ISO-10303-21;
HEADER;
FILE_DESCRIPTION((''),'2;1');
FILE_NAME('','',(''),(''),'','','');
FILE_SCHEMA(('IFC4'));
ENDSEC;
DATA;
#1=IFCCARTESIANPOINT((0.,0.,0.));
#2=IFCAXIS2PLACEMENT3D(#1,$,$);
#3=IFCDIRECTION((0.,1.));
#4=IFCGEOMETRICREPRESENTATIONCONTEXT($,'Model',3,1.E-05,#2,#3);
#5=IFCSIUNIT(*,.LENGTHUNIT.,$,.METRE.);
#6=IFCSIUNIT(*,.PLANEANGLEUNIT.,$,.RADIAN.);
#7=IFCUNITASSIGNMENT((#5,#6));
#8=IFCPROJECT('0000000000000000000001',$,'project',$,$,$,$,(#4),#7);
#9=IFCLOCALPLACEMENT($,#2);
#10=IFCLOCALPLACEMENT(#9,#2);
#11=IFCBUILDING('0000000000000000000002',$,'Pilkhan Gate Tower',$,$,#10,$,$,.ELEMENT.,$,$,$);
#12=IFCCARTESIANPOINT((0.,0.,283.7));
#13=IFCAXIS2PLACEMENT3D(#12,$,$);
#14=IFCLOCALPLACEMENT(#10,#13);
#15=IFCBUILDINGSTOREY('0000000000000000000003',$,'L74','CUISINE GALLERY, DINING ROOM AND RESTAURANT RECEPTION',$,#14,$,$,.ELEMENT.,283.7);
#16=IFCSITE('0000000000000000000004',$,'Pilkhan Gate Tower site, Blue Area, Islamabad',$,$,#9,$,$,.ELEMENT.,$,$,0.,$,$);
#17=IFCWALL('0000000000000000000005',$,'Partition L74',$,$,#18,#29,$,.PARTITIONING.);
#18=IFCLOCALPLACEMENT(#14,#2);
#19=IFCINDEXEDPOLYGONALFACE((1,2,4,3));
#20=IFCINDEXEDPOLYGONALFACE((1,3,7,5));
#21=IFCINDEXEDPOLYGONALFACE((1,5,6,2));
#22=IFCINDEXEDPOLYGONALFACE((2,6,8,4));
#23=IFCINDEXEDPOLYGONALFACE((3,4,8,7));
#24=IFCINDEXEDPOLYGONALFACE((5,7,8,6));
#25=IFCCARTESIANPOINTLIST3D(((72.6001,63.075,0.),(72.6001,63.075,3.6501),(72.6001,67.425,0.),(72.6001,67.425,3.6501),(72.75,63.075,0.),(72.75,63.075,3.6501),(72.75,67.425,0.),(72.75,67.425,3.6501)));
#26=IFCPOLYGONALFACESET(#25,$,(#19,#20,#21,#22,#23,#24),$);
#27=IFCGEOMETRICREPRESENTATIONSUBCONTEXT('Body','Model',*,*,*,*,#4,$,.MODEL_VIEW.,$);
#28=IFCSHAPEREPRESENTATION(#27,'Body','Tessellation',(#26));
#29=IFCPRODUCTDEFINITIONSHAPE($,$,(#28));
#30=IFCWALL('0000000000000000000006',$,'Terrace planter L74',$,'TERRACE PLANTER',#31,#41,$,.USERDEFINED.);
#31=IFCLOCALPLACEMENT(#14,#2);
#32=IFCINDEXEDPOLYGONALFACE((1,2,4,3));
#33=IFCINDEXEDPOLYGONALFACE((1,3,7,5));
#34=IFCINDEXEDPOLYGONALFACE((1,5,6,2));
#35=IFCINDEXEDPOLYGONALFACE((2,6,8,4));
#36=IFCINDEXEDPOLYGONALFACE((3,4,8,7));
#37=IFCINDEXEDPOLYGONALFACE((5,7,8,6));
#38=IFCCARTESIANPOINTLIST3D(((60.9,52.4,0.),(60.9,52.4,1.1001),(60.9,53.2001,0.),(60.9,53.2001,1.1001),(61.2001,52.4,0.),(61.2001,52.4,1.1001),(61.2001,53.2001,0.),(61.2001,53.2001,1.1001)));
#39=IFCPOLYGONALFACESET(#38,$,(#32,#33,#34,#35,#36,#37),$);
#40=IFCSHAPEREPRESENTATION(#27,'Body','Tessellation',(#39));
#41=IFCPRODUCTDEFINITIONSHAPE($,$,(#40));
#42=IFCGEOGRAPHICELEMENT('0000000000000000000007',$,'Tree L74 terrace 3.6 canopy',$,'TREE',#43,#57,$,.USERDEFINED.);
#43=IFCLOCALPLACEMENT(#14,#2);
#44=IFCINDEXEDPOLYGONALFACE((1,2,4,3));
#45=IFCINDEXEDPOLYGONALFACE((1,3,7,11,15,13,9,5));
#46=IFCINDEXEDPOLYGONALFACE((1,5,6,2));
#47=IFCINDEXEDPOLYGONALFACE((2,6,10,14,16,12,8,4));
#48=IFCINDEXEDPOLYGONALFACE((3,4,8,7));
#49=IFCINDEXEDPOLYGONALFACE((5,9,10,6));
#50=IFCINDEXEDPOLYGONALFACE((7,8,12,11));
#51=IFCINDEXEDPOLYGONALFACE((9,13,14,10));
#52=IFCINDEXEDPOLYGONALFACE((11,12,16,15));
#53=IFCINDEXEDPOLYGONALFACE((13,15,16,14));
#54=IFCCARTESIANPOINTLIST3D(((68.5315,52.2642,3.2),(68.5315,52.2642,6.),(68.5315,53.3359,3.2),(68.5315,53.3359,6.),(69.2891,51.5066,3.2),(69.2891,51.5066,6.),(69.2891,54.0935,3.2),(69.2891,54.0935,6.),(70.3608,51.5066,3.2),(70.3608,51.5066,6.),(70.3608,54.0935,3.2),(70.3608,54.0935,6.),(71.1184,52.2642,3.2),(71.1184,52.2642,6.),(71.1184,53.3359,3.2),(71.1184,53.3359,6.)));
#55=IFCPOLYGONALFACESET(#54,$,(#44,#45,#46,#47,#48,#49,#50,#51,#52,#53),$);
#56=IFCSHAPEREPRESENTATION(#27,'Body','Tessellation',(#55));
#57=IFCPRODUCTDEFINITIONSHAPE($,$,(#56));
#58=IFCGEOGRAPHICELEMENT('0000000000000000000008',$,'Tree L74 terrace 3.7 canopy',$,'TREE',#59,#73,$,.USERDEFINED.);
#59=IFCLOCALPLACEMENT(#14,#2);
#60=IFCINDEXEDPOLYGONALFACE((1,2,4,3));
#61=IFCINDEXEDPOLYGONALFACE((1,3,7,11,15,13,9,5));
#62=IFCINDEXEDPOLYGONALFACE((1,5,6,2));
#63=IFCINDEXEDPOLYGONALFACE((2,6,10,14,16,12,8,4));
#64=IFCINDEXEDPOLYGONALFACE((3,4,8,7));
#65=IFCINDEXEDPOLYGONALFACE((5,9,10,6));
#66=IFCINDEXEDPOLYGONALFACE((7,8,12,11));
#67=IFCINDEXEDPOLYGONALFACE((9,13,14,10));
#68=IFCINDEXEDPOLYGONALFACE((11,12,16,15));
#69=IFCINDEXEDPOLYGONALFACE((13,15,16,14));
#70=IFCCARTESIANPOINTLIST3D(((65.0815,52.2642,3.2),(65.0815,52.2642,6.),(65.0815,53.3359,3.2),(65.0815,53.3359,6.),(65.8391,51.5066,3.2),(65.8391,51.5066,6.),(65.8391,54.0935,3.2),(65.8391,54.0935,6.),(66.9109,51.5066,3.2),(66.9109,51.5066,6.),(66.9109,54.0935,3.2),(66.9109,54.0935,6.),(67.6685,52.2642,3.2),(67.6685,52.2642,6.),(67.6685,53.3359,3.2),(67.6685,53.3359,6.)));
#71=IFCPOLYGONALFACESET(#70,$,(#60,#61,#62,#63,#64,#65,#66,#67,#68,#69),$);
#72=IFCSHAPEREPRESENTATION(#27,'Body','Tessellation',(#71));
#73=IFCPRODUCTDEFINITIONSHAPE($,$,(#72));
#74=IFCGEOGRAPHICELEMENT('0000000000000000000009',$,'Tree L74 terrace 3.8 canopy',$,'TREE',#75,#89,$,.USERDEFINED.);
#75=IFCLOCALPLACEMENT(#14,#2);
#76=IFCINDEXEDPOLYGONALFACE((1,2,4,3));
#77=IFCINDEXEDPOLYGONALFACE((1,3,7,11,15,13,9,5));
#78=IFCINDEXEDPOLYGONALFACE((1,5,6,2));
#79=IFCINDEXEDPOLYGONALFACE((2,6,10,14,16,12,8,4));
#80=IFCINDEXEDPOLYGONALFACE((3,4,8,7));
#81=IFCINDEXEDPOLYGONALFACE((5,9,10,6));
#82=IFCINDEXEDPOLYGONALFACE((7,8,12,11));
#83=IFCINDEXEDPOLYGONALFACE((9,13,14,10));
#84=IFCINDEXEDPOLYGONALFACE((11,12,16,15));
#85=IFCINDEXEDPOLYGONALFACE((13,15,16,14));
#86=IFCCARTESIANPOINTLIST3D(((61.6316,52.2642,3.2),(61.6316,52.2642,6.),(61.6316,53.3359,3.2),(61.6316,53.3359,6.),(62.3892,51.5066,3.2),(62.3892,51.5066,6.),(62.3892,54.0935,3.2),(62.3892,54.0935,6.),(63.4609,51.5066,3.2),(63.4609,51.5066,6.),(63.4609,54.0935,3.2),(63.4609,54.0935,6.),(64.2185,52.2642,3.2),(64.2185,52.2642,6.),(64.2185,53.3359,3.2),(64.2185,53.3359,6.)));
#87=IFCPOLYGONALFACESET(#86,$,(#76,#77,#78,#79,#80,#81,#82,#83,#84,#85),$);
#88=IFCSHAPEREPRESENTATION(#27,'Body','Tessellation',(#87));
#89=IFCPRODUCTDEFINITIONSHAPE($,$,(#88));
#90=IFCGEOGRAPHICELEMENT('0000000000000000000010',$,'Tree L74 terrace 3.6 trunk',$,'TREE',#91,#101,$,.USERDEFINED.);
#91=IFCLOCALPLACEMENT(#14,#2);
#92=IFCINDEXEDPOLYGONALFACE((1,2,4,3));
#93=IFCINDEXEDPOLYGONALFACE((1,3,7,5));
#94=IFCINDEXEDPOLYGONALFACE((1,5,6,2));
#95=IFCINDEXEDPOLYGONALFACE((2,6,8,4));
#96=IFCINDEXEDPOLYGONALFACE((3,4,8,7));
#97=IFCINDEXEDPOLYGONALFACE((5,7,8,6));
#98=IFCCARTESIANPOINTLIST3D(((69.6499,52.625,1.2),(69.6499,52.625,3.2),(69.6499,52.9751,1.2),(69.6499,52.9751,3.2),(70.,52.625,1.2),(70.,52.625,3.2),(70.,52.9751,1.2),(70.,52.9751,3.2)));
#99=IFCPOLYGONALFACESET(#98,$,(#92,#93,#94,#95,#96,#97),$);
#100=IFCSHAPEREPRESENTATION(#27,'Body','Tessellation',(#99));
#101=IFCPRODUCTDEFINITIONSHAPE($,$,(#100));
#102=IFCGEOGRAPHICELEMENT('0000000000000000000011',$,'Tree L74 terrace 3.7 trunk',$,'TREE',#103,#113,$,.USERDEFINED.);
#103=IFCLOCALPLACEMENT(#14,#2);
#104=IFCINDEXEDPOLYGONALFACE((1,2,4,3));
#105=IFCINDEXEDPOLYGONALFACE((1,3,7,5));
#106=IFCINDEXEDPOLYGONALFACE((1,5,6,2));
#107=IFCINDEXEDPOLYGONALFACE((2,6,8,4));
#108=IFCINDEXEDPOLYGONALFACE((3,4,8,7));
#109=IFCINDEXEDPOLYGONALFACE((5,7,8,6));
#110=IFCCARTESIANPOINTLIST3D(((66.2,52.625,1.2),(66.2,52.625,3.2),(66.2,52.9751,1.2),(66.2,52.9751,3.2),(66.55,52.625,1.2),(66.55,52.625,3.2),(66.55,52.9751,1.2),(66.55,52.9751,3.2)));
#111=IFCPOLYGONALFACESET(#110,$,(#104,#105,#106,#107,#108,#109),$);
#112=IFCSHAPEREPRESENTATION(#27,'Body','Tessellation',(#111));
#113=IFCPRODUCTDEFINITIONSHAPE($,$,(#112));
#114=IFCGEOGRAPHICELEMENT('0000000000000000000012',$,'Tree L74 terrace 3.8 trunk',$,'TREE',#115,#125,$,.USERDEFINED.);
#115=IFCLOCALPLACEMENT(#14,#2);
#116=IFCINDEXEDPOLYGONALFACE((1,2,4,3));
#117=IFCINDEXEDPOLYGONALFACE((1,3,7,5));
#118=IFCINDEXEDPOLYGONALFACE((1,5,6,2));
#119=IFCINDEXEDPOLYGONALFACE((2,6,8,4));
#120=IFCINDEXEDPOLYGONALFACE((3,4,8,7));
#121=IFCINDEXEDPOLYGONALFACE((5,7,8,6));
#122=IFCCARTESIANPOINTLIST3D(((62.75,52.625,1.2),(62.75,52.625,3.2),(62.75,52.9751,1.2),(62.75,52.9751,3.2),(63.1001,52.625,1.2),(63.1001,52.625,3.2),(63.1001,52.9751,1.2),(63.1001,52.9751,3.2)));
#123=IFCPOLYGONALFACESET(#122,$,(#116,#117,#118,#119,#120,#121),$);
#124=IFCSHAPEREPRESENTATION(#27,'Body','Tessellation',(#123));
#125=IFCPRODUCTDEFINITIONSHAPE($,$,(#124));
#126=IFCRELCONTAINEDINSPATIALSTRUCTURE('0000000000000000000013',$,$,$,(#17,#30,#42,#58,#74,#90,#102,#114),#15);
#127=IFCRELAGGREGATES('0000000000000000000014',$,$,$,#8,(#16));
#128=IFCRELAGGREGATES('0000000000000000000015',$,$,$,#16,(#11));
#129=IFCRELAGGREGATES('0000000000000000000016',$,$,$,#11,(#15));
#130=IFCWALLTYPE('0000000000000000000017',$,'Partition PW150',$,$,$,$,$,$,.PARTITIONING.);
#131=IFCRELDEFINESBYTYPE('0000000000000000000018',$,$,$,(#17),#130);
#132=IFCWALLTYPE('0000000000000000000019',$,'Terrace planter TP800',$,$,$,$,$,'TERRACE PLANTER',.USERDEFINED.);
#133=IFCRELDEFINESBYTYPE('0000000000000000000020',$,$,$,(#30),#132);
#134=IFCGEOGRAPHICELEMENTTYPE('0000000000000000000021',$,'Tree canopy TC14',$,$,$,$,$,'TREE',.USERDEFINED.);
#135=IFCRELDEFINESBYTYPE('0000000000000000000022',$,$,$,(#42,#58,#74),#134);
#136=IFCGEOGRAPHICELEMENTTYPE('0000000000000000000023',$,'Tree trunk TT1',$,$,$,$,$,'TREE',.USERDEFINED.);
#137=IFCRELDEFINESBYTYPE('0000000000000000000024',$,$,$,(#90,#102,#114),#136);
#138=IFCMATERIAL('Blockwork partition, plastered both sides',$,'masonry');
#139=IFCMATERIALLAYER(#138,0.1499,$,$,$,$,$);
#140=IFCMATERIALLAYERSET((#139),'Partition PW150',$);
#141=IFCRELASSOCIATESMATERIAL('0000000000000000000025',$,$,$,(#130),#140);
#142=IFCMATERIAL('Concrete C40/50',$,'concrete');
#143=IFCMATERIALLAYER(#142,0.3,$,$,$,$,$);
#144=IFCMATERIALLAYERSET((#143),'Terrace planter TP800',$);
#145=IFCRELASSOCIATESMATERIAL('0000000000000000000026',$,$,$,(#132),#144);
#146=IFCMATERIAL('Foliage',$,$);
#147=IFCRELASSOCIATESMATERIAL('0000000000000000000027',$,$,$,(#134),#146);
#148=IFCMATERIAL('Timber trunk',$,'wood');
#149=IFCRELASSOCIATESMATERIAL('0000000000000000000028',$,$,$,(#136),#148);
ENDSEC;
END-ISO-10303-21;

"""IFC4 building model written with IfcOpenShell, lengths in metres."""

from ifc_helpers import new_model, si_unit, direction, frame, frame_2d, origin, origin_2d, place, context, subcontext, project, spatial, polyline, rectangle, outline, extrude, material, layer, layer_set, material_profile, profile_set, type_object, element, save


model = new_model("IFC4")

# Units and contexts
model_context = context("Model", 3, precision=1e-05, world=origin(), true_north=direction((0.0, 1.0)))
body_context = subcontext(model_context, "Body", "Model", "MODEL_VIEW")
ifc_project = project(units=[si_unit("LENGTHUNIT", "METRE"), si_unit("PLANEANGLEUNIT", "RADIAN")], contexts=[model_context])

# Site, building, storey
site_placement = place(None, origin())
site = spatial("IfcSite", under=ifc_project, at=site_placement, Name="Pilkhan Gate Tower site, Blue Area, Islamabad", CompositionType="ELEMENT", RefElevation=0.0)
building_placement = place(site_placement, origin())
building = spatial("IfcBuilding", under=site, at=building_placement, Name="Pilkhan Gate Tower", CompositionType="ELEMENT")
storey_placement = place(building_placement, frame((0.0, 0.0, 283.7)))
storey = spatial("IfcBuildingStorey", under=building, at=storey_placement, Name="L74", Description="CUISINE GALLERY, DINING ROOM AND RESTAURANT RECEPTION", CompositionType="ELEMENT", Elevation=283.7)

# Shared definitions
ifc_material_1 = material(Name="Concrete C40/50", Category="concrete")

# Walls
ifc_material_2 = material(Name="Blockwork partition, plastered both sides", Category="masonry")
ifc_layer_1 = layer(ifc_material_2, 0.1499)
ifc_layer_set_1 = layer_set([ifc_layer_1], Name="Partition PW150")
wall_type_1 = type_object("IfcWallType", Name="Partition PW150", PredefinedType="PARTITIONING", material=ifc_layer_set_1)
for number, where, z_axis, x_axis, name in (
    (1, (72.675, 63.075, 0.0), (0.0, 0.0, 1.0), (0.0, 1.0, 0.0), "Partition L74"),
):
    element("IfcWall", number, at=place(storey_placement, frame(where, z_axis=z_axis, x_axis=x_axis)), inside=storey, type_object=wall_type_1, Name=name, PredefinedType="PARTITIONING", context=body_context, shape_type="SweptSolid", body=[
        extrude(rectangle(XDim=4.3501, YDim=0.1499, at=frame_2d((2.175, 0.0))), origin(), (0.0, 0.0, 1.0), 3.6501),
    ])
ifc_layer_2 = layer(ifc_material_1, 0.3)
ifc_layer_set_2 = layer_set([ifc_layer_2], Name="Terrace planter TP800")
wall_type_2 = type_object("IfcWallType", Name="Terrace planter TP800", ElementType="TERRACE PLANTER", PredefinedType="USERDEFINED", material=ifc_layer_set_2)
wall_1_placement = place(storey_placement, frame((61.05, 53.2, 0.0), z_axis=(0.0, 0.0, 1.0), x_axis=(0.0, -1.0, 0.0)))
element("IfcWall", 2, at=wall_1_placement, inside=storey, type_object=wall_type_2, Name="Terrace planter L74", ObjectType="TERRACE PLANTER", PredefinedType="USERDEFINED", context=body_context, shape_type="SweptSolid", body=[
    extrude(rectangle(XDim=0.8, YDim=0.3, at=frame_2d((0.3999, 0.0))), origin(), (0.0, 0.0, 1.0), 1.1001),
])

# Geographic elements
ifc_material_3 = material(Name="Foliage")
ifc_material_profile_1 = material_profile(ifc_material_3, outline(polyline([(1.2935, 0.5359), (0.5359, 1.2935), (-0.5359, 1.2935), (-1.2935, 0.5359), (-1.2935, -0.5359), (-0.5359, -1.2935), (0.5359, -1.2935), (1.2935, -0.5359), (1.2935, 0.5359)])), Name="Canopy D2.8")
ifc_profile_set_1 = profile_set([ifc_material_profile_1], Name="Foliage")
geographic_element_type_1 = type_object("IfcGeographicElementType", Name="Tree canopy TC14", ElementType="TREE", PredefinedType="USERDEFINED", material=ifc_profile_set_1)
for number, where, z_axis, x_axis, name in (
    (3, (69.825, 52.8, 3.2), (0.0, 0.0, 1.0), (1.0, 0.0, 0.0), "Tree L74 terrace 3.6 canopy"),
    (4, (66.375, 52.8, 3.2), (0.0, 0.0, 1.0), (1.0, 0.0, 0.0), "Tree L74 terrace 3.7 canopy"),
    (5, (62.925, 52.8, 3.2), (0.0, 0.0, 1.0), (1.0, 0.0, 0.0), "Tree L74 terrace 3.8 canopy"),
):
    element("IfcGeographicElement", number, at=place(storey_placement, frame(where, z_axis=z_axis, x_axis=x_axis)), inside=storey, type_object=geographic_element_type_1, Name=name, ObjectType="TREE", PredefinedType="USERDEFINED", context=body_context, shape_type="SweptSolid", body=[
        extrude(outline(polyline([(1.2935, 0.5359), (0.5359, 1.2935), (-0.5359, 1.2935), (-1.2935, 0.5359), (-1.2935, -0.5359), (-0.5359, -1.2935), (0.5359, -1.2935), (1.2935, -0.5359), (1.2935, 0.5359)])), origin(), (0.0, 0.0, 1.0), 2.8),
    ])
ifc_material_4 = material(Name="Timber trunk", Category="wood")
geographic_element_type_2 = type_object("IfcGeographicElementType", Name="Tree trunk TT1", ElementType="TREE", PredefinedType="USERDEFINED", material=ifc_material_4)
for number, where, z_axis, x_axis, name in (
    (6, (69.825, 52.8, 1.2), (0.0, 0.0, 1.0), (1.0, 0.0, 0.0), "Tree L74 terrace 3.6 trunk"),
    (7, (66.375, 52.8, 1.2), (0.0, 0.0, 1.0), (1.0, 0.0, 0.0), "Tree L74 terrace 3.7 trunk"),
    (8, (62.925, 52.8, 1.2), (0.0, 0.0, 1.0), (1.0, 0.0, 0.0), "Tree L74 terrace 3.8 trunk"),
):
    element("IfcGeographicElement", number, at=place(storey_placement, frame(where, z_axis=z_axis, x_axis=x_axis)), inside=storey, type_object=geographic_element_type_2, Name=name, ObjectType="TREE", PredefinedType="USERDEFINED", context=body_context, shape_type="SweptSolid", body=[
        extrude(rectangle(XDim=0.3501, YDim=0.3501, at=origin_2d()), origin(), (0.0, 0.0, 1.0), 2.0),
    ])

save(model, "model.ifc")
